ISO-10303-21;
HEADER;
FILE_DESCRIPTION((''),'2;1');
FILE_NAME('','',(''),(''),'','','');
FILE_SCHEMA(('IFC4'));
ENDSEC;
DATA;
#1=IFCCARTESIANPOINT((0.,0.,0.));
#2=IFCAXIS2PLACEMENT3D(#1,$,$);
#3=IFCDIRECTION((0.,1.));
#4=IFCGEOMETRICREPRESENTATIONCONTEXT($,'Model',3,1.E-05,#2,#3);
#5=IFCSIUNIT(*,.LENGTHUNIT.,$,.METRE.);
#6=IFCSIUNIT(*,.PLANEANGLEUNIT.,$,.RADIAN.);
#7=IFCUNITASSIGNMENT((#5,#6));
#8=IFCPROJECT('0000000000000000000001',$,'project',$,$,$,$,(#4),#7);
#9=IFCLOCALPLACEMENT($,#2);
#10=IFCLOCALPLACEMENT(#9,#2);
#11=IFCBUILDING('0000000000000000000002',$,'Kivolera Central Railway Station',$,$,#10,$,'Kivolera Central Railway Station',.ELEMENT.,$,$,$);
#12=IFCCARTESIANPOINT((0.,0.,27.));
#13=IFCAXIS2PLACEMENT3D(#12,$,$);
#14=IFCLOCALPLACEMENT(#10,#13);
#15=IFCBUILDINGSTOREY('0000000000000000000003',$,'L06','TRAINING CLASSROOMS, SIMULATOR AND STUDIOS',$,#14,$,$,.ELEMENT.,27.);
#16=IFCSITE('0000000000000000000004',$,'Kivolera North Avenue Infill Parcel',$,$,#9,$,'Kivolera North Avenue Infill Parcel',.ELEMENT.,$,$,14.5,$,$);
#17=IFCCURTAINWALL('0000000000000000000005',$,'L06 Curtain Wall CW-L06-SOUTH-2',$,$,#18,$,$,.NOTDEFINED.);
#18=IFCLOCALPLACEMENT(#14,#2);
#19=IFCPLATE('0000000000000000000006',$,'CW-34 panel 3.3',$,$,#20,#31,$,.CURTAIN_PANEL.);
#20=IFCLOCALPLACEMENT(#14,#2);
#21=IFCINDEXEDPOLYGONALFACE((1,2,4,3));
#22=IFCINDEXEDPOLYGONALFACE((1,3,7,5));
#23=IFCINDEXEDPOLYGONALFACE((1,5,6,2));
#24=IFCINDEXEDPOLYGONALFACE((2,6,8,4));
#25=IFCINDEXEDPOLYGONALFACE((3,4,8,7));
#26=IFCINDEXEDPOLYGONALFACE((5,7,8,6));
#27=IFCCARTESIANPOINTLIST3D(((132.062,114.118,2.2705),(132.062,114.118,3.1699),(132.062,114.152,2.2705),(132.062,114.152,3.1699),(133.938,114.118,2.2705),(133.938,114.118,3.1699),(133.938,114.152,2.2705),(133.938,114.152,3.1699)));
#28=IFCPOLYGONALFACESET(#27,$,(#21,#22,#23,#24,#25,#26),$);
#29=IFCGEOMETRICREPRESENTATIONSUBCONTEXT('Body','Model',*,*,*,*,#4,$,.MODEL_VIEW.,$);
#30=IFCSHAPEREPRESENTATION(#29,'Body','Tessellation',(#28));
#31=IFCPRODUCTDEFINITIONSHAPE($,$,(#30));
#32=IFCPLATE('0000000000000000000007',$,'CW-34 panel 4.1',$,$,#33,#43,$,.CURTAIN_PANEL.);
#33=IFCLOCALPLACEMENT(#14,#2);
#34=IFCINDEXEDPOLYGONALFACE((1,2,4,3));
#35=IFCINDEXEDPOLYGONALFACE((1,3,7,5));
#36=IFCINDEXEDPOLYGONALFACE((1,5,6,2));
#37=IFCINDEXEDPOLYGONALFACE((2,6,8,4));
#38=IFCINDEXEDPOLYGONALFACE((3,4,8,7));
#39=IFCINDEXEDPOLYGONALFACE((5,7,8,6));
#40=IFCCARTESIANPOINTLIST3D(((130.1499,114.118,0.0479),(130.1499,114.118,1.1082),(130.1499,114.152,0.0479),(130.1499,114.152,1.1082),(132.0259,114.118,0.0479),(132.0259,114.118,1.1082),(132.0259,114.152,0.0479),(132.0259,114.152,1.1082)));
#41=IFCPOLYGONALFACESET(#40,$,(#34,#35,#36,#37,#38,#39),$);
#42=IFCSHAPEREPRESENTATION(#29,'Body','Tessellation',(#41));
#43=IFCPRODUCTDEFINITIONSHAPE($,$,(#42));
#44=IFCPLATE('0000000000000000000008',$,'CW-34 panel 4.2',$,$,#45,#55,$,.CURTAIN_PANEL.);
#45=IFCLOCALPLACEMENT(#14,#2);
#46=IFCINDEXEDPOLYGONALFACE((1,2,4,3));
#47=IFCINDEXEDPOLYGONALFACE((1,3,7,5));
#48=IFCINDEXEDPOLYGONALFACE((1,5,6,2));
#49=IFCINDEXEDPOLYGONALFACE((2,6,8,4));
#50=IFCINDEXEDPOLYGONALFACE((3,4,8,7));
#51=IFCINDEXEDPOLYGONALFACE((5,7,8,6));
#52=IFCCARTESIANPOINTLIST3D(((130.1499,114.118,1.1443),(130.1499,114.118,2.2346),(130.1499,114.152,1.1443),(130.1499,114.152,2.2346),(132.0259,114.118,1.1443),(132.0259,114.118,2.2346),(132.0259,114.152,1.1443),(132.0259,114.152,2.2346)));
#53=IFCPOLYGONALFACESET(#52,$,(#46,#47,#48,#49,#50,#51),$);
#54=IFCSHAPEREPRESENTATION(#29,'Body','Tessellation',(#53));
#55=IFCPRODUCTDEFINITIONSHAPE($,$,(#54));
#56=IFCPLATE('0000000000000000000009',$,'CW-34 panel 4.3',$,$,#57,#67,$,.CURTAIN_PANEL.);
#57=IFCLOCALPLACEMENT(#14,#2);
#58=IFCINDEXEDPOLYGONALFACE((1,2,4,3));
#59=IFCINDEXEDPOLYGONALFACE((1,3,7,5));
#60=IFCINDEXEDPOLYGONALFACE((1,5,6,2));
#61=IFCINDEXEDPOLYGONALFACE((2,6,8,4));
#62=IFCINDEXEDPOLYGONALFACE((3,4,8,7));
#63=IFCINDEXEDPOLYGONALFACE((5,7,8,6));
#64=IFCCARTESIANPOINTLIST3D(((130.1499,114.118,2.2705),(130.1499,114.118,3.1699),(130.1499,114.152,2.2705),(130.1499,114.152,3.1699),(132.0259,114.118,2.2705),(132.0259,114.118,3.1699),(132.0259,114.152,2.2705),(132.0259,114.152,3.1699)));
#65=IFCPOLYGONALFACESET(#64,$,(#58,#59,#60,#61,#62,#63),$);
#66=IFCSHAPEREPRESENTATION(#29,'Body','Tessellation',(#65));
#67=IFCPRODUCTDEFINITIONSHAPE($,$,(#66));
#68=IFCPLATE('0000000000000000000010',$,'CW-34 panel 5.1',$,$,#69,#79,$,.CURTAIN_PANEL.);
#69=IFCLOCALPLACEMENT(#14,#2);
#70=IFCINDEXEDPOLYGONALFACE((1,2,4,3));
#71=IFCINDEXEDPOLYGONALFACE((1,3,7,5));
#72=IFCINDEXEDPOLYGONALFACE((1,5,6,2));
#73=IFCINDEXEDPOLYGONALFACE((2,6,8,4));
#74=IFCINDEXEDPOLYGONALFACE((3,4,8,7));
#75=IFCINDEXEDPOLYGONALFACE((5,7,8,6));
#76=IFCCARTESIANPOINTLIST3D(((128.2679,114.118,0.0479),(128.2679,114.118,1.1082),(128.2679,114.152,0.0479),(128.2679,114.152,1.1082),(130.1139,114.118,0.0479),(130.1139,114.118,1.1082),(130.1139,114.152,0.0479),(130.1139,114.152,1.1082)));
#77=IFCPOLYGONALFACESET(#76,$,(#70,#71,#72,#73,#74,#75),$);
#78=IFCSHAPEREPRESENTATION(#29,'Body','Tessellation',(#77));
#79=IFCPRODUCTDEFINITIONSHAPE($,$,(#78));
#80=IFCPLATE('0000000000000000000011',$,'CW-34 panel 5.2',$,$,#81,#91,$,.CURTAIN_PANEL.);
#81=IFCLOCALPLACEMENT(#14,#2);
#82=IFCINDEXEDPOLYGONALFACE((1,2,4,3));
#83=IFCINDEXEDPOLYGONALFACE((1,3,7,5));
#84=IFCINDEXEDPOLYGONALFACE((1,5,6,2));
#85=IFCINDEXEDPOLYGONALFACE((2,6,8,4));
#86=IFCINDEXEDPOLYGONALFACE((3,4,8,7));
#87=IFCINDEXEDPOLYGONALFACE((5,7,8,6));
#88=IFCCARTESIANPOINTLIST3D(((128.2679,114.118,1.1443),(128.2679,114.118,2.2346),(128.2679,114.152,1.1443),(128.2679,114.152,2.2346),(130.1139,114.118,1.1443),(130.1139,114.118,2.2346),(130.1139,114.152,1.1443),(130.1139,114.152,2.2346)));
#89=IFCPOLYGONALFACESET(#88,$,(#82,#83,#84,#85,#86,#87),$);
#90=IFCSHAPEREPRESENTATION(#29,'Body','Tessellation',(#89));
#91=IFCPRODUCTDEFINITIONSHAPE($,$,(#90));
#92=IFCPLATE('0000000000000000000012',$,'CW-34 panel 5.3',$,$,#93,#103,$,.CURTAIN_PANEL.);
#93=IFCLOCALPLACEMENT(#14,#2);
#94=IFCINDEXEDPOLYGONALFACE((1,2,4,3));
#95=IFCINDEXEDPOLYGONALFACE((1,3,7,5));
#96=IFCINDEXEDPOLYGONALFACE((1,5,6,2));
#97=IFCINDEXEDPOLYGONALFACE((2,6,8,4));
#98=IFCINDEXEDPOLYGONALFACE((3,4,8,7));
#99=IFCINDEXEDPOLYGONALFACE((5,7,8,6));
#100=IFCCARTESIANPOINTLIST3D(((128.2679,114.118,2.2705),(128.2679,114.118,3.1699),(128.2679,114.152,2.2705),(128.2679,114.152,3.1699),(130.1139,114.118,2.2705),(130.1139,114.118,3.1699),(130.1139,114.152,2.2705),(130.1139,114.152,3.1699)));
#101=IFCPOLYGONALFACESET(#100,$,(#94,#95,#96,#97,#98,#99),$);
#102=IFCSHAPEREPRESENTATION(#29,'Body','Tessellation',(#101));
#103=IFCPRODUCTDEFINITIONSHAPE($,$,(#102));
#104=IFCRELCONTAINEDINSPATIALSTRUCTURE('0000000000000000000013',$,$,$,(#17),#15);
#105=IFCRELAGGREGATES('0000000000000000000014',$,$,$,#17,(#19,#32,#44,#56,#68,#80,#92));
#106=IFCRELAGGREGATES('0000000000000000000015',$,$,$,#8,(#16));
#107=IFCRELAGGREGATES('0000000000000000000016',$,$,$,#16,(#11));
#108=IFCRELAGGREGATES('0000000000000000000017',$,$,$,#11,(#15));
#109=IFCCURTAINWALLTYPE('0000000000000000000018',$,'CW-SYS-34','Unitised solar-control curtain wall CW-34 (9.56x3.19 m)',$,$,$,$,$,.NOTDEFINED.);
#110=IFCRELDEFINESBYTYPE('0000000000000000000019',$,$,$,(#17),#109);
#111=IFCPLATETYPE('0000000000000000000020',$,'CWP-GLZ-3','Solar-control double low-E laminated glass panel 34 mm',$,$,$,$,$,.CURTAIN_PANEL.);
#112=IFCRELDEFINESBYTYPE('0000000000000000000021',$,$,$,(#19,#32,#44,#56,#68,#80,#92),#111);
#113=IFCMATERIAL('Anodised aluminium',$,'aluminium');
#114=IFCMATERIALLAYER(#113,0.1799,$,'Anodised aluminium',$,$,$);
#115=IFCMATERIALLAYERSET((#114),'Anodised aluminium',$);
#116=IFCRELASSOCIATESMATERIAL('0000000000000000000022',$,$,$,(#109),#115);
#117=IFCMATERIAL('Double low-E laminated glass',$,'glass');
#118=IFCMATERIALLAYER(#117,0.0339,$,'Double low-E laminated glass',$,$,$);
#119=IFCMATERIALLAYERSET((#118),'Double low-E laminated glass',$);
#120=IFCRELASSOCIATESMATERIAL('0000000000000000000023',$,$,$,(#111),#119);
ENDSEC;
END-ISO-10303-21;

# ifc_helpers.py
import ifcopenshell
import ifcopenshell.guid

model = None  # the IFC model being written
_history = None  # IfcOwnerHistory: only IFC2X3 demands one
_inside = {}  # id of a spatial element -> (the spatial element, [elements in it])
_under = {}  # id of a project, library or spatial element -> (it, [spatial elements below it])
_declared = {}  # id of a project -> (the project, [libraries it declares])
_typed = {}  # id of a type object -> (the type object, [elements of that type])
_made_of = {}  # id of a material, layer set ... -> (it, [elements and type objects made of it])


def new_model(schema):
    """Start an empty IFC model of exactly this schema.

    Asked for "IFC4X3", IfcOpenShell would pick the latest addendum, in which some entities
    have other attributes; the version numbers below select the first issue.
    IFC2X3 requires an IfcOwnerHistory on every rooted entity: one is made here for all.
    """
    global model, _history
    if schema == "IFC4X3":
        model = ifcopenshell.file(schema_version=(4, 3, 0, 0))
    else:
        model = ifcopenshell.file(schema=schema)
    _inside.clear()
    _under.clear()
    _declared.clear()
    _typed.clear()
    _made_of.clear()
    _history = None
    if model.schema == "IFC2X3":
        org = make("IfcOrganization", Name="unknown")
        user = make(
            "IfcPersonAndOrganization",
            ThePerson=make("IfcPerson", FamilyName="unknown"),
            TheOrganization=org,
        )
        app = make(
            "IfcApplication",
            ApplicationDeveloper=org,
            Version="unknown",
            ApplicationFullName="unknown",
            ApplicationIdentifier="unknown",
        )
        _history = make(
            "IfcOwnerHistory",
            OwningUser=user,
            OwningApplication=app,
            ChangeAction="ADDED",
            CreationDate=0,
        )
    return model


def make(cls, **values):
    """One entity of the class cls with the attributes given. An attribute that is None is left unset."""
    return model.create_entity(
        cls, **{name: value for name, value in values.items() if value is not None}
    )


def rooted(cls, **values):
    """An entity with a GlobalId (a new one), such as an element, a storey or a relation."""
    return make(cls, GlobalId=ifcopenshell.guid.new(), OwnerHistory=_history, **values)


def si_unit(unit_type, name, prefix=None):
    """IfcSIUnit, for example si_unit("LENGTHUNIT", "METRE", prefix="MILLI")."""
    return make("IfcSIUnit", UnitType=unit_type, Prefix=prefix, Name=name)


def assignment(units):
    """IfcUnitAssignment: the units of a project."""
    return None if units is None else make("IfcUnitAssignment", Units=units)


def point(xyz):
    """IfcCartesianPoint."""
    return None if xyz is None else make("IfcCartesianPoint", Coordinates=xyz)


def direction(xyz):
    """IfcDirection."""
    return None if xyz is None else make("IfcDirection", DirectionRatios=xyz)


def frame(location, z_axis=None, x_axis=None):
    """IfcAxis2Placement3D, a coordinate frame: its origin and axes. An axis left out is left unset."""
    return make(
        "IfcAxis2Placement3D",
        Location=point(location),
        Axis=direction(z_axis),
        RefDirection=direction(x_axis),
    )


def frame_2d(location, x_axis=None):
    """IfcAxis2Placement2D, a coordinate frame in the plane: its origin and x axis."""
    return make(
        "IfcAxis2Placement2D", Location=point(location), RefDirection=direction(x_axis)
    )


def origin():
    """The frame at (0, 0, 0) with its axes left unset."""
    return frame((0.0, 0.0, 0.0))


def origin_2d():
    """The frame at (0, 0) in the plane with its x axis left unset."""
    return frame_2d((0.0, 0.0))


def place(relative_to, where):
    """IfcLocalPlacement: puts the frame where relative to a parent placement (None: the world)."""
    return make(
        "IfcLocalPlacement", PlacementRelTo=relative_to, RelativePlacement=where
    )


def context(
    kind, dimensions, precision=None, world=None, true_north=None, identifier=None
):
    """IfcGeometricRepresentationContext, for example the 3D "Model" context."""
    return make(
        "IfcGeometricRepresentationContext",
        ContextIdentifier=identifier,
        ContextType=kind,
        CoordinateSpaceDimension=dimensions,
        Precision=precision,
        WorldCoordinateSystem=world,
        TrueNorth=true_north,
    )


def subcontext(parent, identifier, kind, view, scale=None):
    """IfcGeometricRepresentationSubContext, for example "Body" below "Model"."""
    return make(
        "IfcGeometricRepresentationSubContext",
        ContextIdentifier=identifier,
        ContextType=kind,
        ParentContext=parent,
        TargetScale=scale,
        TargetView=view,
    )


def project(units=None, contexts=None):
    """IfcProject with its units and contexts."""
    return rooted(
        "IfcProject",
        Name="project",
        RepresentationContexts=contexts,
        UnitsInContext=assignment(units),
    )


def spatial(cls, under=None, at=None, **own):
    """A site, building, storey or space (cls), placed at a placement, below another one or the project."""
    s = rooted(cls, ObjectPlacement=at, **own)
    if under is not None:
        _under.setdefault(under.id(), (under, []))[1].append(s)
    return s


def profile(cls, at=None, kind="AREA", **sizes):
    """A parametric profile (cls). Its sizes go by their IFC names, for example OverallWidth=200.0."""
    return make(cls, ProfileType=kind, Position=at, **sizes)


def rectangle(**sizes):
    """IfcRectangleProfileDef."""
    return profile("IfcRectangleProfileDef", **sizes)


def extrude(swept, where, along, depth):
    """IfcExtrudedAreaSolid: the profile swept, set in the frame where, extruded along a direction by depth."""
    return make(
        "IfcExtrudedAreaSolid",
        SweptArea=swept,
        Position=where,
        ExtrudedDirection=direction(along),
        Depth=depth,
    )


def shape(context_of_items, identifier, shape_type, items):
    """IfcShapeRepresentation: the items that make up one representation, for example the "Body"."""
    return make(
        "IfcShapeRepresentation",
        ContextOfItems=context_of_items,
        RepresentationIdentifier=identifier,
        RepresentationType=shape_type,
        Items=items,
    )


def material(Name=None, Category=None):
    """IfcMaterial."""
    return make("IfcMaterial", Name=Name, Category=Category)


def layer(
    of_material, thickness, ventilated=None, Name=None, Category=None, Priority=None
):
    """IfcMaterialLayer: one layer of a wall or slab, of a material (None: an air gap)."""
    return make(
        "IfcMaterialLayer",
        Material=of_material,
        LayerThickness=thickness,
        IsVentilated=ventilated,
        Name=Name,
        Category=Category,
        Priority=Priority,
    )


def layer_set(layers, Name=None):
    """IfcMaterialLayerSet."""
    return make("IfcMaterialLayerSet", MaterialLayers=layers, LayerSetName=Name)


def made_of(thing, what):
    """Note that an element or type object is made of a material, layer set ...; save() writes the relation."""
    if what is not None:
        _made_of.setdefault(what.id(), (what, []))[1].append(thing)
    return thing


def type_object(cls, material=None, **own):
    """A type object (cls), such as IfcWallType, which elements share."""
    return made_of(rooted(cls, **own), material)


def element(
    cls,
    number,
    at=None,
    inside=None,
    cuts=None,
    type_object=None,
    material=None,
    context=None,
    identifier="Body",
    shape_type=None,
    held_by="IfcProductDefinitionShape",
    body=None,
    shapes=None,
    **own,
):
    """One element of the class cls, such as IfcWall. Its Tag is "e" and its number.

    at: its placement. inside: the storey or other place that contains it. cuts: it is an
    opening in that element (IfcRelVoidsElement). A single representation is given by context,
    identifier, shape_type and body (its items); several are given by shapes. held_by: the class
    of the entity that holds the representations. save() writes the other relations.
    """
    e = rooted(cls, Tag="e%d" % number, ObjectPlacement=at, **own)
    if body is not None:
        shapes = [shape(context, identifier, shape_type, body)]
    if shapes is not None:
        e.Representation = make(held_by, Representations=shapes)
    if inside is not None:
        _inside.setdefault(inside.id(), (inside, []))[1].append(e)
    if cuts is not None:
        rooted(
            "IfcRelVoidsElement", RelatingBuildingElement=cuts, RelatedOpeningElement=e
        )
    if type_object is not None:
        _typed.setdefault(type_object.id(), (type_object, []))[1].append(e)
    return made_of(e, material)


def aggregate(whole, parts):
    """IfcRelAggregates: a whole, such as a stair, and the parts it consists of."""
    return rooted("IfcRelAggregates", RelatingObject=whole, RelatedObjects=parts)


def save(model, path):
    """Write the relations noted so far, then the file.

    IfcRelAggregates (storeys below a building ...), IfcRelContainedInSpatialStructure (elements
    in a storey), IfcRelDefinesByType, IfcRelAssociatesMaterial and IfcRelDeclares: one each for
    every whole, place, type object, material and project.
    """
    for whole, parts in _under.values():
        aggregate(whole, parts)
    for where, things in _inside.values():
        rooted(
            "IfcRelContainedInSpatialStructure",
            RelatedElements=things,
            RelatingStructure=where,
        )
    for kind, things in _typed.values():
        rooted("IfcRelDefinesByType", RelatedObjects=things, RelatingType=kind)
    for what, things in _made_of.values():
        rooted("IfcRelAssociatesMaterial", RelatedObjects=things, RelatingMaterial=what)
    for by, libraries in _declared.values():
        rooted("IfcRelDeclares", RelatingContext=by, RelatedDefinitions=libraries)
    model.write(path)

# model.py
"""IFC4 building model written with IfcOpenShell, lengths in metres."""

from ifc_helpers import new_model, si_unit, direction, frame, origin, origin_2d, place, context, subcontext, project, spatial, rectangle, extrude, material, layer, layer_set, type_object, element, aggregate, save


model = new_model("IFC4")

# Units and contexts
model_context = context("Model", 3, precision=1e-05, world=origin(), true_north=direction((0.0, 1.0)))
body_context = subcontext(model_context, "Body", "Model", "MODEL_VIEW")
ifc_project = project(units=[si_unit("LENGTHUNIT", "METRE"), si_unit("PLANEANGLEUNIT", "RADIAN")], contexts=[model_context])

# Site, building, storey
site_placement = place(None, origin())
site = spatial("IfcSite", under=ifc_project, at=site_placement, Name="Kivolera North Avenue Infill Parcel", LongName="Kivolera North Avenue Infill Parcel", CompositionType="ELEMENT", RefElevation=14.5)
building_placement = place(site_placement, origin())
building = spatial("IfcBuilding", under=site, at=building_placement, Name="Kivolera Central Railway Station", LongName="Kivolera Central Railway Station", CompositionType="ELEMENT")
storey_placement = place(building_placement, frame((0.0, 0.0, 27.0)))
storey = spatial("IfcBuildingStorey", under=building, at=storey_placement, Name="L06", Description="TRAINING CLASSROOMS, SIMULATOR AND STUDIOS", CompositionType="ELEMENT", Elevation=27.0)

# Curtain wall, plates
ifc_material_1 = material(Name="Anodised aluminium", Category="aluminium")
ifc_layer_1 = layer(ifc_material_1, 0.1799, Name="Anodised aluminium")
ifc_layer_set_1 = layer_set([ifc_layer_1], Name="Anodised aluminium")
curtain_wall_type = type_object("IfcCurtainWallType", Name="CW-SYS-34", Description="Unitised solar-control curtain wall CW-34 (9.56x3.19 m)", PredefinedType="NOTDEFINED", material=ifc_layer_set_1)
curtain_wall_placement = place(storey_placement, origin())
curtain_wall = element("IfcCurtainWall", 1, at=curtain_wall_placement, inside=storey, type_object=curtain_wall_type, Name="L06 Curtain Wall CW-L06-SOUTH-2", PredefinedType="NOTDEFINED")
ifc_material_2 = material(Name="Double low-E laminated glass", Category="glass")
ifc_layer_2 = layer(ifc_material_2, 0.0339, Name="Double low-E laminated glass")
ifc_layer_set_2 = layer_set([ifc_layer_2], Name="Double low-E laminated glass")
plate_type = type_object("IfcPlateType", Name="CWP-GLZ-3", Description="Solar-control double low-E laminated glass panel 34 mm", PredefinedType="CURTAIN_PANEL", material=ifc_layer_set_2)
plate_1_placement = place(storey_placement, frame((133.0, 114.135, 2.2705), z_axis=(0.0, 0.0, 1.0), x_axis=(-1.0, 0.0, 0.0)))
plate_1 = element("IfcPlate", 2, at=plate_1_placement, type_object=plate_type, Name="CW-34 panel 3.3", PredefinedType="CURTAIN_PANEL", context=body_context, shape_type="SweptSolid", body=[
    extrude(rectangle(XDim=1.876, YDim=0.0339, at=origin_2d()), origin(), (0.0, 0.0, 1.0), 0.8994),
])
plate_2_placement = place(storey_placement, frame((131.0879, 114.135, 0.0479), z_axis=(0.0, 0.0, 1.0), x_axis=(-1.0, 0.0, 0.0)))
plate_2 = element("IfcPlate", 3, at=plate_2_placement, type_object=plate_type, Name="CW-34 panel 4.1", PredefinedType="CURTAIN_PANEL", context=body_context, shape_type="SweptSolid", body=[
    extrude(rectangle(XDim=1.876, YDim=0.0339, at=origin_2d()), origin(), (0.0, 0.0, 1.0), 1.0603),
])
plate_3_placement = place(storey_placement, frame((131.0879, 114.135, 1.1443), z_axis=(0.0, 0.0, 1.0), x_axis=(-1.0, 0.0, 0.0)))
plate_3 = element("IfcPlate", 4, at=plate_3_placement, type_object=plate_type, Name="CW-34 panel 4.2", PredefinedType="CURTAIN_PANEL", context=body_context, shape_type="SweptSolid", body=[
    extrude(rectangle(XDim=1.876, YDim=0.0339, at=origin_2d()), origin(), (0.0, 0.0, 1.0), 1.0903),
])
plate_4_placement = place(storey_placement, frame((131.0879, 114.135, 2.2705), z_axis=(0.0, 0.0, 1.0), x_axis=(-1.0, 0.0, 0.0)))
plate_4 = element("IfcPlate", 5, at=plate_4_placement, type_object=plate_type, Name="CW-34 panel 4.3", PredefinedType="CURTAIN_PANEL", context=body_context, shape_type="SweptSolid", body=[
    extrude(rectangle(XDim=1.876, YDim=0.0339, at=origin_2d()), origin(), (0.0, 0.0, 1.0), 0.8994),
])
plate_5_placement = place(storey_placement, frame((129.1909, 114.135, 0.0479), z_axis=(0.0, 0.0, 1.0), x_axis=(-1.0, 0.0, 0.0)))
plate_5 = element("IfcPlate", 6, at=plate_5_placement, type_object=plate_type, Name="CW-34 panel 5.1", PredefinedType="CURTAIN_PANEL", context=body_context, shape_type="SweptSolid", body=[
    extrude(rectangle(XDim=1.8459, YDim=0.0339, at=origin_2d()), origin(), (0.0, 0.0, 1.0), 1.0603),
])
plate_6_placement = place(storey_placement, frame((129.1909, 114.135, 1.1443), z_axis=(0.0, 0.0, 1.0), x_axis=(-1.0, 0.0, 0.0)))
plate_6 = element("IfcPlate", 7, at=plate_6_placement, type_object=plate_type, Name="CW-34 panel 5.2", PredefinedType="CURTAIN_PANEL", context=body_context, shape_type="SweptSolid", body=[
    extrude(rectangle(XDim=1.8459, YDim=0.0339, at=origin_2d()), origin(), (0.0, 0.0, 1.0), 1.0903),
])
plate_7_placement = place(storey_placement, frame((129.1909, 114.135, 2.2705), z_axis=(0.0, 0.0, 1.0), x_axis=(-1.0, 0.0, 0.0)))
plate_7 = element("IfcPlate", 8, at=plate_7_placement, type_object=plate_type, Name="CW-34 panel 5.3", PredefinedType="CURTAIN_PANEL", context=body_context, shape_type="SweptSolid", body=[
    extrude(rectangle(XDim=1.8459, YDim=0.0339, at=origin_2d()), origin(), (0.0, 0.0, 1.0), 0.8994),
])
aggregate(curtain_wall, [plate_1, plate_2, plate_3, plate_4, plate_5, plate_6, plate_7])

save(model, "model.ifc")
